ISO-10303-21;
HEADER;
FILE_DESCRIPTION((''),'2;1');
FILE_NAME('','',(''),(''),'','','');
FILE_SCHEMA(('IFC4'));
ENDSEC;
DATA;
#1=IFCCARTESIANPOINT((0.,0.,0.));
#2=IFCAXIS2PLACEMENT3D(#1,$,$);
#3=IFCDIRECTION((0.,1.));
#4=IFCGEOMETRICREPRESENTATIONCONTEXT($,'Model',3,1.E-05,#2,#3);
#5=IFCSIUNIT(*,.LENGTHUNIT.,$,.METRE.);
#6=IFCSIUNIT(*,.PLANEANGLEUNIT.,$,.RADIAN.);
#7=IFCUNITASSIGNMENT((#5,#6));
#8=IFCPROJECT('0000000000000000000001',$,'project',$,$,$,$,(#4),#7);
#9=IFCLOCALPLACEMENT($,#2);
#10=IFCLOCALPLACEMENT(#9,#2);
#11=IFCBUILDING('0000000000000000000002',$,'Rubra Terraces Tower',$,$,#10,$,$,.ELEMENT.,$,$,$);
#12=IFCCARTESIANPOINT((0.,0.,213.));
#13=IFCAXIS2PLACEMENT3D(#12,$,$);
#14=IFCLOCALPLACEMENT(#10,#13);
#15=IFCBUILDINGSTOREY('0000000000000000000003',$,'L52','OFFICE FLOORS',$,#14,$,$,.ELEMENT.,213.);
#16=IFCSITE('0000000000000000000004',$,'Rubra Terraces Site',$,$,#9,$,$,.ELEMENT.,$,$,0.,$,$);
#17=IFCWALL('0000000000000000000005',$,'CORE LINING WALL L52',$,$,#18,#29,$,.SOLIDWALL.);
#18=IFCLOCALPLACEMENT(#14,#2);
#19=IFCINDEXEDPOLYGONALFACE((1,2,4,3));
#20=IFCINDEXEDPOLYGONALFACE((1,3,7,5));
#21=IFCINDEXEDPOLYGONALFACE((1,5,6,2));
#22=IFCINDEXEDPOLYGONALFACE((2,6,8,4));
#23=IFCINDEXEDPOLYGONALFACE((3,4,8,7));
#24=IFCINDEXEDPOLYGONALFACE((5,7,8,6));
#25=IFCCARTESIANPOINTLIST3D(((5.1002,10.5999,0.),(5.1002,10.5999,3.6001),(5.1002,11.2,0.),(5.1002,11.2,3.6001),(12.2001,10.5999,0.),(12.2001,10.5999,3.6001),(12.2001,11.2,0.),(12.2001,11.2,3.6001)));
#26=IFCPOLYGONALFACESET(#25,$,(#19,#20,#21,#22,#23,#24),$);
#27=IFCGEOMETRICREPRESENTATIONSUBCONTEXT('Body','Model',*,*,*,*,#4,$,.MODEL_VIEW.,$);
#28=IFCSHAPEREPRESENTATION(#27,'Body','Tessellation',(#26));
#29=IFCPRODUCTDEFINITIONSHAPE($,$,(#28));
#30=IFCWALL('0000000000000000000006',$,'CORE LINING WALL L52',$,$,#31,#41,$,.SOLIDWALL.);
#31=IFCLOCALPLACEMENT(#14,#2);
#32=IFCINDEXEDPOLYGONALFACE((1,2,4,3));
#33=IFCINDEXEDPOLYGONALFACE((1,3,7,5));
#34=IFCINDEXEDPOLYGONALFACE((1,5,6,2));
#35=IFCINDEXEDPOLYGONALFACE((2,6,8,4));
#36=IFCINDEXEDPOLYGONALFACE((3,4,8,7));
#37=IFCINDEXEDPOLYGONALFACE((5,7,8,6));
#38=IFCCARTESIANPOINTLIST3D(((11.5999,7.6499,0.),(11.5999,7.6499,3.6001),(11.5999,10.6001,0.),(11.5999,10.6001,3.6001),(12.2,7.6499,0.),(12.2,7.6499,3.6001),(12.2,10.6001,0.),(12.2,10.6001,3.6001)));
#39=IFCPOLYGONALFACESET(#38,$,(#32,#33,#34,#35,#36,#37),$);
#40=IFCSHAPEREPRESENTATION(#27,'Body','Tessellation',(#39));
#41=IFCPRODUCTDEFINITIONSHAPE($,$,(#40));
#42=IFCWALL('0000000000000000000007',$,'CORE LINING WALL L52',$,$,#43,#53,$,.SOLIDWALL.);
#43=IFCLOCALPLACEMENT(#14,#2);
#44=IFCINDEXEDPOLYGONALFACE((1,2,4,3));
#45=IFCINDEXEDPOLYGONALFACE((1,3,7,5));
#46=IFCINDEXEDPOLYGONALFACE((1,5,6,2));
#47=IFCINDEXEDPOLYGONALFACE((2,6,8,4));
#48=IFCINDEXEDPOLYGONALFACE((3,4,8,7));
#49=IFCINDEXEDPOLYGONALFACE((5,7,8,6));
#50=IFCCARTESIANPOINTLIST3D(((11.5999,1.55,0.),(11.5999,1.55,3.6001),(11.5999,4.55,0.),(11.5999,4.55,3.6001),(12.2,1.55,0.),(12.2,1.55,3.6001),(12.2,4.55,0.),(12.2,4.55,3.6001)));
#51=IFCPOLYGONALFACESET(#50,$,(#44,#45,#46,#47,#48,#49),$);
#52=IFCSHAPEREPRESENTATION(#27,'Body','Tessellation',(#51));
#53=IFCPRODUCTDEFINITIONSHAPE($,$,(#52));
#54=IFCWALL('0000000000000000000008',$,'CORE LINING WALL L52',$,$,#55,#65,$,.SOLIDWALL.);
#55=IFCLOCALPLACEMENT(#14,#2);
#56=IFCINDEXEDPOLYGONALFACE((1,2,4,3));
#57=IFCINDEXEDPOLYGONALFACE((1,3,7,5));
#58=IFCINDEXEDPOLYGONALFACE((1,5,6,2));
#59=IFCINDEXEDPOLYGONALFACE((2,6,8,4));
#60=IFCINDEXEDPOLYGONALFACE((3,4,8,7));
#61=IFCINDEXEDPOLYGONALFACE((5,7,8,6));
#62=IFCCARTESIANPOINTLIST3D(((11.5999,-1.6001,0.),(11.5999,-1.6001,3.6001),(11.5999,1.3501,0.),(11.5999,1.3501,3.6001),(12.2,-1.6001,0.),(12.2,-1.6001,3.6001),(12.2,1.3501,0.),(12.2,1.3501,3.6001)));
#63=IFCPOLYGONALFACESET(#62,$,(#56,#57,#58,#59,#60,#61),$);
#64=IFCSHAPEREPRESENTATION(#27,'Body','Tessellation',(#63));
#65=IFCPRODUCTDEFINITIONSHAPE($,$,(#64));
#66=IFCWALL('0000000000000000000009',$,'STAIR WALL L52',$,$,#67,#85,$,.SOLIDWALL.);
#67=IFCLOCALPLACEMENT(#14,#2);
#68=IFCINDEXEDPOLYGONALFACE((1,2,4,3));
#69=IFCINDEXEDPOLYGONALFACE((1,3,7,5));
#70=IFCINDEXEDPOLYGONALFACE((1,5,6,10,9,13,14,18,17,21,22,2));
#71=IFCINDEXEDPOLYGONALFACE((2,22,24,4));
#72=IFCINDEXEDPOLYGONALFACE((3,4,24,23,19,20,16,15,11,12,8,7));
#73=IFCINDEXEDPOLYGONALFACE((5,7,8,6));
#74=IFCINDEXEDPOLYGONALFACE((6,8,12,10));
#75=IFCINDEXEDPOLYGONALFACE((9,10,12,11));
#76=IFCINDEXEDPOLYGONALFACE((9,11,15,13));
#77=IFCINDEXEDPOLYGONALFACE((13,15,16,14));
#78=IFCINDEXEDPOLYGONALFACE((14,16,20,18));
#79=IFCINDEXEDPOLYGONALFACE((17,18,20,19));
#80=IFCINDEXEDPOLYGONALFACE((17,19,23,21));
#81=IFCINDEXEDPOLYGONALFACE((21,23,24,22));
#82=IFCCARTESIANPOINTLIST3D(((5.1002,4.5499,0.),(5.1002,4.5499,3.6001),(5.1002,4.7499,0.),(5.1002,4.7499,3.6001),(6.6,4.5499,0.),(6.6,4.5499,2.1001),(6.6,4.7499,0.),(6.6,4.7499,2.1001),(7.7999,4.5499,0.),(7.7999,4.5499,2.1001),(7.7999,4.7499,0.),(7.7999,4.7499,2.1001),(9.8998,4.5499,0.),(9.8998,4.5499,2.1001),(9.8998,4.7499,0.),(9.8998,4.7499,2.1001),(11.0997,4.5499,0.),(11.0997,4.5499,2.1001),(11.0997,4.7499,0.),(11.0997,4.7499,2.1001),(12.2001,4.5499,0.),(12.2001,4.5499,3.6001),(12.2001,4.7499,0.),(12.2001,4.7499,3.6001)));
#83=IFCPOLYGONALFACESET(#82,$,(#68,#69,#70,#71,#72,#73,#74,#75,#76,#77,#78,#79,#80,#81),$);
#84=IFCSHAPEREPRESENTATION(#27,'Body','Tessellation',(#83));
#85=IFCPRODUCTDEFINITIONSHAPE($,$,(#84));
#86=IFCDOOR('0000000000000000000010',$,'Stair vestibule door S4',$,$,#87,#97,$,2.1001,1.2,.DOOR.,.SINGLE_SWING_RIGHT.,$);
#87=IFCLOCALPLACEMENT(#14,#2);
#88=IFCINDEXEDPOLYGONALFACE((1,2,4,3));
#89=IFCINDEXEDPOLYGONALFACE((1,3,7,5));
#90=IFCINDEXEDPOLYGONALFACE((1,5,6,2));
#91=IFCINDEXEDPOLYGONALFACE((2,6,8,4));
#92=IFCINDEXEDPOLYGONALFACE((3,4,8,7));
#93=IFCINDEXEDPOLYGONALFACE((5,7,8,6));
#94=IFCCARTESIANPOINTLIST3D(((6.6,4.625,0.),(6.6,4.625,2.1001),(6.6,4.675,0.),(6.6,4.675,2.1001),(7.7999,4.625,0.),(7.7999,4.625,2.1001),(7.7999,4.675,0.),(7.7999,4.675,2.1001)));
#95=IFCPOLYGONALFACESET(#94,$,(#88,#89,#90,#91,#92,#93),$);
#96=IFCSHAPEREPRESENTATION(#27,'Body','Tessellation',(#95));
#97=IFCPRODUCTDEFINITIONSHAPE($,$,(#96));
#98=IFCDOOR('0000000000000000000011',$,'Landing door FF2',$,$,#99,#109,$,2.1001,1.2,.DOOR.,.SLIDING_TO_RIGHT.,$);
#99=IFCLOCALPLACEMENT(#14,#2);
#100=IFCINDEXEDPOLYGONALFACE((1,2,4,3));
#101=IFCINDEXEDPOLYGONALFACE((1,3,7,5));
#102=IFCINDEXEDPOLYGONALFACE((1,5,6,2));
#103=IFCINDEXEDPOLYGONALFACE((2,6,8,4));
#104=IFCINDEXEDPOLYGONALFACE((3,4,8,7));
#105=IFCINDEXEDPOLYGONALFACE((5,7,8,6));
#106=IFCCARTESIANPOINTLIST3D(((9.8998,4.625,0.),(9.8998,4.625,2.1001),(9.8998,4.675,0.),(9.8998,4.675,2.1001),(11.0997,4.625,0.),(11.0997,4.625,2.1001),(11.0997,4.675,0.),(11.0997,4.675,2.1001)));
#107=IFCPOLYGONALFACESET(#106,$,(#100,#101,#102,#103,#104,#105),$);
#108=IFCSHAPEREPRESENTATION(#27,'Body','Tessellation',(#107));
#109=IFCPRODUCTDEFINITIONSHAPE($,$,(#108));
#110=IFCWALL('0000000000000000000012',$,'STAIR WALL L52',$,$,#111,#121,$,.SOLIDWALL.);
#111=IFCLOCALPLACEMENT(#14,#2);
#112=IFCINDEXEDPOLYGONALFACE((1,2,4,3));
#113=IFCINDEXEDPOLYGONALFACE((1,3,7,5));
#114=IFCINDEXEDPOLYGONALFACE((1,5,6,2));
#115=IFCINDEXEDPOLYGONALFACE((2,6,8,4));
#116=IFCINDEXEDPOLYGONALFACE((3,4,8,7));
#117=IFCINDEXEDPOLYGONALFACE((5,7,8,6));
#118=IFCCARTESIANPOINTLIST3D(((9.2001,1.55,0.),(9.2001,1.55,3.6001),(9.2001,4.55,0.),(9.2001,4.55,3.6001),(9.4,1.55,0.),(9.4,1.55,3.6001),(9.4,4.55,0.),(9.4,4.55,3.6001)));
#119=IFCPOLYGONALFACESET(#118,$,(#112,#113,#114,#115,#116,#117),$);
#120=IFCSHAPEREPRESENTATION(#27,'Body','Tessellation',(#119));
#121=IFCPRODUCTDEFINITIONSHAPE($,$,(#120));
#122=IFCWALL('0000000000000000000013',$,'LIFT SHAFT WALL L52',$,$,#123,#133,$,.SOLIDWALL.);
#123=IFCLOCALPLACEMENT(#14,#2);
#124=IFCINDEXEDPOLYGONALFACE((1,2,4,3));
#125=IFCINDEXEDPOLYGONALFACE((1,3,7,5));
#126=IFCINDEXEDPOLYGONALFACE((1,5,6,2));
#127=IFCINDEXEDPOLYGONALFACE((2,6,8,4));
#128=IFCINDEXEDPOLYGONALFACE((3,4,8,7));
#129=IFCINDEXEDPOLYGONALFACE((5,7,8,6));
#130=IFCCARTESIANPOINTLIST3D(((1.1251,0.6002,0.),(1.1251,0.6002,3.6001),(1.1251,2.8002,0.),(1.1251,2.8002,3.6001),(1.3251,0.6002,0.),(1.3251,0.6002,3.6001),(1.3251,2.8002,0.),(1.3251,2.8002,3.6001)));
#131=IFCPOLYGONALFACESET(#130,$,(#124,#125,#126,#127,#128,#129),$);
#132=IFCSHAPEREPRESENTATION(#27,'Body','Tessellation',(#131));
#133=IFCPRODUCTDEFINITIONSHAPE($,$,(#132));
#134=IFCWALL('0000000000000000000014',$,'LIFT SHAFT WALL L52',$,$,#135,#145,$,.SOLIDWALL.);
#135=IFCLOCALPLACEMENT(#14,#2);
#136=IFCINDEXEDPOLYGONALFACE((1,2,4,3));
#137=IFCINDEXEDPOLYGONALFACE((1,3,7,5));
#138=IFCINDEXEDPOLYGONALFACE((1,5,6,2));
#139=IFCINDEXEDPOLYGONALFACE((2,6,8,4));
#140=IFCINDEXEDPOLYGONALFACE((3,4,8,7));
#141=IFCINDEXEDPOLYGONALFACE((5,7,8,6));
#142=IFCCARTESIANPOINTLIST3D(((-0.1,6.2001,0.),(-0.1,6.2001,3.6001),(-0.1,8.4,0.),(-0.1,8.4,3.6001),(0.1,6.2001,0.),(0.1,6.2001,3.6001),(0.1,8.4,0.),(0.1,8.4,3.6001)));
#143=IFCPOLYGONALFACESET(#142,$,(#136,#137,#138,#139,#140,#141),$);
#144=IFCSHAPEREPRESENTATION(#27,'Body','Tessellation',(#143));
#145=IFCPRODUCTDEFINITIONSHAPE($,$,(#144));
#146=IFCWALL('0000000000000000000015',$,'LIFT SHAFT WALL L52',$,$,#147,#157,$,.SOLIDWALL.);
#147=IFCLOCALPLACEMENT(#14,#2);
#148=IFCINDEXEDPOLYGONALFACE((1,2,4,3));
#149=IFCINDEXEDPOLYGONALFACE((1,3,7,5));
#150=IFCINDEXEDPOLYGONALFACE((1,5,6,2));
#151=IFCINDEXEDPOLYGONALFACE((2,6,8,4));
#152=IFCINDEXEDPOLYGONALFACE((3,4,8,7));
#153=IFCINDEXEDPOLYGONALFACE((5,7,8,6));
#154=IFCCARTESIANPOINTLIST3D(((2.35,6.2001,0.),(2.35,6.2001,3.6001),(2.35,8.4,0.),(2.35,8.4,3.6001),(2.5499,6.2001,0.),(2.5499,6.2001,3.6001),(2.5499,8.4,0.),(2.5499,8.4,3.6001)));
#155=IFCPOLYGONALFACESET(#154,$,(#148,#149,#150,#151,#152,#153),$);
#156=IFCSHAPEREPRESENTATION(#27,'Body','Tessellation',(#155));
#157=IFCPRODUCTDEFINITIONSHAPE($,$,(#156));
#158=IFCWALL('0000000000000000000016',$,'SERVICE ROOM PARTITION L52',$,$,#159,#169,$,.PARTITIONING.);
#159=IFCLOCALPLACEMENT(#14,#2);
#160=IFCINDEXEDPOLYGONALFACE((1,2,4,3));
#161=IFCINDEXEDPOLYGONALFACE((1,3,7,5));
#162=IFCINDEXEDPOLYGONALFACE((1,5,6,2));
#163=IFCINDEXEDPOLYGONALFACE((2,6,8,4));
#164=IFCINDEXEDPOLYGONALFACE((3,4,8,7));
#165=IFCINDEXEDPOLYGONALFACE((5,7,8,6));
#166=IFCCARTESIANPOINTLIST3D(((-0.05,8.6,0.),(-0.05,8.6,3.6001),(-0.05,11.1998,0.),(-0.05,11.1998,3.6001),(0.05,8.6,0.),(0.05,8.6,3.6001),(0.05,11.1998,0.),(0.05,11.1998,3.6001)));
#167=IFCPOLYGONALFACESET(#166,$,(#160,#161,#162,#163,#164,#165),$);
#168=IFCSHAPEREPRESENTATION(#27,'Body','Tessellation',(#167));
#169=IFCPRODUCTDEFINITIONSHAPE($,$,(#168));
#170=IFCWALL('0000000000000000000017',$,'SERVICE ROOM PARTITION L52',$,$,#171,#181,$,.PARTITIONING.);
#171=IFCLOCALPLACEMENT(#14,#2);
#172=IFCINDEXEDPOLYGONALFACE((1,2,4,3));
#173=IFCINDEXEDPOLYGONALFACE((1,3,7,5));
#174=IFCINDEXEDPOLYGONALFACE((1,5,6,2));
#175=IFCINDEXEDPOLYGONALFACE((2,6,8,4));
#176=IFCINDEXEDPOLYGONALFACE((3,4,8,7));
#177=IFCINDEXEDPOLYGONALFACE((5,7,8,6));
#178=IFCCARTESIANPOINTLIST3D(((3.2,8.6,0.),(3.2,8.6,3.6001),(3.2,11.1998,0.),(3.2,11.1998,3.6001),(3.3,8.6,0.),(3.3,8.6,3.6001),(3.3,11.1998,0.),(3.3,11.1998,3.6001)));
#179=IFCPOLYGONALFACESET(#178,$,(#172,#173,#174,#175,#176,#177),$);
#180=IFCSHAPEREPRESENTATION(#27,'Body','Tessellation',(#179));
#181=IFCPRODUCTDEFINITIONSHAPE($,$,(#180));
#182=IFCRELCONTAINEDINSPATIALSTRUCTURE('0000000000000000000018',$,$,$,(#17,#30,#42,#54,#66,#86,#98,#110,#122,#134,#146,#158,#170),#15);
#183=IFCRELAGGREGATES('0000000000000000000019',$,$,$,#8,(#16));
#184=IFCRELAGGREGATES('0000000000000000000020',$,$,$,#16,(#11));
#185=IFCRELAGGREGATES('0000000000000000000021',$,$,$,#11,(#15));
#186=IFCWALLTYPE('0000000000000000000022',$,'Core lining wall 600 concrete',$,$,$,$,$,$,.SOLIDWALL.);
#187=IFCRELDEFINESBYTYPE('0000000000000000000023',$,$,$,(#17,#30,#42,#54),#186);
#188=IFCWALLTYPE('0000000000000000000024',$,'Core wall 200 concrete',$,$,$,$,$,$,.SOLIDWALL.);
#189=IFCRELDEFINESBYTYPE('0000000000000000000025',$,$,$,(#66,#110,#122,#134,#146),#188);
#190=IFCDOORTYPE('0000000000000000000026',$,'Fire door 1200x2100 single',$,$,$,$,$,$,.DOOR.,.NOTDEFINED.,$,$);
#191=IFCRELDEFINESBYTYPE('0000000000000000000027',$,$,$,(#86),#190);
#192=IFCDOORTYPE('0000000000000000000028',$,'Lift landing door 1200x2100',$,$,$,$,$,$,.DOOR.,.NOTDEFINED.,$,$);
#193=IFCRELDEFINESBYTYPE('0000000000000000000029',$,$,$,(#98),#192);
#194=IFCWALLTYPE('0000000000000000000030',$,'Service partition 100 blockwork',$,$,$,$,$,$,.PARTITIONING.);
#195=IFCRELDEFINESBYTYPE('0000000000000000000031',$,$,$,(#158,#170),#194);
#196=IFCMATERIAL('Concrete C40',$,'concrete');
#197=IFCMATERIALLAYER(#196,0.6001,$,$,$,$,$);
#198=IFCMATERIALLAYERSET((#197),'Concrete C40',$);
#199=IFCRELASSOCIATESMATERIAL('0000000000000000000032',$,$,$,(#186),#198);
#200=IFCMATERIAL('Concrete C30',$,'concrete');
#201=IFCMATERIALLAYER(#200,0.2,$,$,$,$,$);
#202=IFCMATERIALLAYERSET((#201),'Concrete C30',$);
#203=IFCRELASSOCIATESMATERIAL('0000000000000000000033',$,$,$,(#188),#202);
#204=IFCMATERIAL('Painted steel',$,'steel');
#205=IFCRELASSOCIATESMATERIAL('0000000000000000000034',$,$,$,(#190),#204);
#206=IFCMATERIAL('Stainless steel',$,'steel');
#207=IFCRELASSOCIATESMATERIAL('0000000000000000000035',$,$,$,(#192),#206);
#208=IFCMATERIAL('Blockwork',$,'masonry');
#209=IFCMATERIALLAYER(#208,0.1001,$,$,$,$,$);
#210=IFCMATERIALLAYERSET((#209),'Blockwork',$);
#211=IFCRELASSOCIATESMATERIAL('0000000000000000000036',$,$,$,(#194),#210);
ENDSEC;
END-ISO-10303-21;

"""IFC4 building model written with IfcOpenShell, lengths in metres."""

from ifc_helpers import new_model, si_unit, direction, frame, frame_2d, origin, place, context, subcontext, project, spatial, rectangle, extrude, material, layer, layer_set, type_object, element, fill, save


model = new_model("IFC4")

# Units and contexts
model_context = context("Model", 3, precision=1e-05, world=origin(), true_north=direction((0.0, 1.0)))
body_context = subcontext(model_context, "Body", "Model", "MODEL_VIEW")
ifc_project = project(units=[si_unit("LENGTHUNIT", "METRE"), si_unit("PLANEANGLEUNIT", "RADIAN")], contexts=[model_context])

# Site, building, storey
site_placement = place(None, origin())
site = spatial("IfcSite", under=ifc_project, at=site_placement, Name="Rubra Terraces Site", CompositionType="ELEMENT", RefElevation=0.0)
building_placement = place(site_placement, origin())
building = spatial("IfcBuilding", under=site, at=building_placement, Name="Rubra Terraces Tower", CompositionType="ELEMENT")
storey_placement = place(building_placement, frame((0.0, 0.0, 213.0)))
storey = spatial("IfcBuildingStorey", under=building, at=storey_placement, Name="L52", Description="OFFICE FLOORS", CompositionType="ELEMENT", Elevation=213.0)

# Walls
ifc_material_1 = material(Name="Concrete C40", Category="concrete")
ifc_layer_1 = layer(ifc_material_1, 0.6001)
ifc_layer_set_1 = layer_set([ifc_layer_1], Name="Concrete C40")
wall_type_1 = type_object("IfcWallType", Name="Core lining wall 600 concrete", PredefinedType="SOLIDWALL", material=ifc_layer_set_1)
wall_1_placement = place(storey_placement, frame((12.2, 10.8999, 0.0), z_axis=(0.0, 0.0, 1.0), x_axis=(-1.0, 0.0, 0.0)))
element("IfcWall", 1, at=wall_1_placement, inside=storey, type_object=wall_type_1, Name="CORE LINING WALL L52", PredefinedType="SOLIDWALL", context=body_context, shape_type="SweptSolid", body=[
    extrude(rectangle(XDim=7.0999, YDim=0.6001, at=frame_2d((3.5498, 0.0))), origin(), (0.0, 0.0, 1.0), 3.6001),
])
wall_2_placement = place(storey_placement, frame((11.8999, 10.6001, 0.0), z_axis=(0.0, 0.0, 1.0), x_axis=(0.0, -1.0, 0.0)))
element("IfcWall", 2, at=wall_2_placement, inside=storey, type_object=wall_type_1, Name="CORE LINING WALL L52", PredefinedType="SOLIDWALL", context=body_context, shape_type="SweptSolid", body=[
    extrude(rectangle(XDim=2.9502, YDim=0.6001, at=frame_2d((1.4751, 0.0))), origin(), (0.0, 0.0, 1.0), 3.6001),
])
wall_3_placement = place(storey_placement, frame((11.8999, 4.55, 0.0), z_axis=(0.0, 0.0, 1.0), x_axis=(0.0, -1.0, 0.0)))
element("IfcWall", 3, at=wall_3_placement, inside=storey, type_object=wall_type_1, Name="CORE LINING WALL L52", PredefinedType="SOLIDWALL", context=body_context, shape_type="SweptSolid", body=[
    extrude(rectangle(XDim=3.0, YDim=0.6001, at=frame_2d((1.5, 0.0))), origin(), (0.0, 0.0, 1.0), 3.6001),
])
wall_4_placement = place(storey_placement, frame((11.8999, 1.3501, 0.0), z_axis=(0.0, 0.0, 1.0), x_axis=(0.0, -1.0, 0.0)))
element("IfcWall", 4, at=wall_4_placement, inside=storey, type_object=wall_type_1, Name="CORE LINING WALL L52", PredefinedType="SOLIDWALL", context=body_context, shape_type="SweptSolid", body=[
    extrude(rectangle(XDim=2.9502, YDim=0.6001, at=frame_2d((1.4751, 0.0))), origin(), (0.0, 0.0, 1.0), 3.6001),
])

# Wall, openings, doors
ifc_material_2 = material(Name="Concrete C30", Category="concrete")
ifc_layer_2 = layer(ifc_material_2, 0.2)
ifc_layer_set_2 = layer_set([ifc_layer_2], Name="Concrete C30")
wall_type_2 = type_object("IfcWallType", Name="Core wall 200 concrete", PredefinedType="SOLIDWALL", material=ifc_layer_set_2)
wall_5_placement = place(storey_placement, frame((12.2, 4.6499, 0.0), z_axis=(0.0, 0.0, 1.0), x_axis=(-1.0, 0.0, 0.0)))
wall_5 = element("IfcWall", 5, at=wall_5_placement, inside=storey, type_object=wall_type_2, Name="STAIR WALL L52", PredefinedType="SOLIDWALL", context=body_context, shape_type="SweptSolid", body=[
    extrude(rectangle(XDim=7.0999, YDim=0.2, at=frame_2d((3.5498, 0.0))), origin(), (0.0, 0.0, 1.0), 3.6001),
])
opening_1_placement = place(wall_5_placement, frame((4.3999, 0.0, 0.0)))
opening_1 = element("IfcOpeningElement", 6, at=opening_1_placement, cuts=wall_5, PredefinedType="OPENING", context=body_context, shape_type="SweptSolid", body=[
    extrude(rectangle(XDim=1.2, YDim=2.1001, at=frame_2d((0.6001, 1.05))), frame((0.0, 0.1099, 0.0), z_axis=(0.0, -1.0, 0.0), x_axis=(1.0, 0.0, 0.0)), (0.0, 0.0, 1.0), 0.22),
])
opening_2_placement = place(wall_5_placement, frame((1.1001, 0.0, 0.0)))
opening_2 = element("IfcOpeningElement", 7, at=opening_2_placement, cuts=wall_5, PredefinedType="OPENING", context=body_context, shape_type="SweptSolid", body=[
    extrude(rectangle(XDim=1.2, YDim=2.1001, at=frame_2d((0.6001, 1.05))), frame((0.0, 0.1099, 0.0), z_axis=(0.0, -1.0, 0.0), x_axis=(1.0, 0.0, 0.0)), (0.0, 0.0, 1.0), 0.22),
])
ifc_material_3 = material(Name="Painted steel", Category="steel")
door_type_1 = type_object("IfcDoorType", Name="Fire door 1200x2100 single", OperationType="NOTDEFINED", PredefinedType="DOOR", material=ifc_material_3)
door_1_placement = place(opening_1_placement, origin())
door_1 = element("IfcDoor", 8, at=door_1_placement, inside=storey, type_object=door_type_1, Name="Stair vestibule door S4", OperationType="SINGLE_SWING_RIGHT", OverallHeight=2.1001, OverallWidth=1.2, PredefinedType="DOOR", context=body_context, shape_type="SweptSolid", body=[
    extrude(rectangle(XDim=1.2, YDim=2.1001, at=frame_2d((0.6001, 1.05))), frame((0.0, 0.0249, 0.0), z_axis=(0.0, -1.0, 0.0), x_axis=(1.0, 0.0, 0.0)), (0.0, 0.0, 1.0), 0.05),
])
fill(opening_1, door_1)
ifc_material_4 = material(Name="Stainless steel", Category="steel")
door_type_2 = type_object("IfcDoorType", Name="Lift landing door 1200x2100", OperationType="NOTDEFINED", PredefinedType="DOOR", material=ifc_material_4)
door_2_placement = place(opening_2_placement, origin())
door_2 = element("IfcDoor", 9, at=door_2_placement, inside=storey, type_object=door_type_2, Name="Landing door FF2", OperationType="SLIDING_TO_RIGHT", OverallHeight=2.1001, OverallWidth=1.2, PredefinedType="DOOR", context=body_context, shape_type="SweptSolid", body=[
    extrude(rectangle(XDim=1.2, YDim=2.1001, at=frame_2d((0.6001, 1.05))), frame((0.0, 0.0249, 0.0), z_axis=(0.0, -1.0, 0.0), x_axis=(1.0, 0.0, 0.0)), (0.0, 0.0, 1.0), 0.05),
])
fill(opening_2, door_2)

# Walls
wall_6_placement = place(storey_placement, frame((9.3, 4.55, 0.0), z_axis=(0.0, 0.0, 1.0), x_axis=(0.0, -1.0, 0.0)))
element("IfcWall", 10, at=wall_6_placement, inside=storey, type_object=wall_type_2, Name="STAIR WALL L52", PredefinedType="SOLIDWALL", context=body_context, shape_type="SweptSolid", body=[
    extrude(rectangle(XDim=3.0, YDim=0.2, at=frame_2d((1.5, 0.0))), origin(), (0.0, 0.0, 1.0), 3.6001),
])
for number, where, z_axis, x_axis, name in (
    (11, (1.2251, 0.6001, 0.0), (0.0, 0.0, 1.0), (0.0, 1.0, 0.0), "LIFT SHAFT WALL L52"),
    (12, (0.0, 6.2, 0.0), (0.0, 0.0, 1.0), (0.0, 1.0, 0.0), "LIFT SHAFT WALL L52"),
    (13, (2.45, 6.2, 0.0), (0.0, 0.0, 1.0), (0.0, 1.0, 0.0), "LIFT SHAFT WALL L52"),
):
    element("IfcWall", number, at=place(storey_placement, frame(where, z_axis=z_axis, x_axis=x_axis)), inside=storey, type_object=wall_type_2, Name=name, PredefinedType="SOLIDWALL", context=body_context, shape_type="SweptSolid", body=[
        extrude(rectangle(XDim=2.2, YDim=0.2, at=frame_2d((1.1001, 0.0))), origin(), (0.0, 0.0, 1.0), 3.6001),
    ])
ifc_material_5 = material(Name="Blockwork", Category="masonry")
ifc_layer_3 = layer(ifc_material_5, 0.1001)
ifc_layer_set_3 = layer_set([ifc_layer_3], Name="Blockwork")
wall_type_3 = type_object("IfcWallType", Name="Service partition 100 blockwork", PredefinedType="PARTITIONING", material=ifc_layer_set_3)
for number, where, z_axis, x_axis, name in (
    (14, (0.0, 8.6001, 0.0), (0.0, 0.0, 1.0), (0.0, 1.0, 0.0), "SERVICE ROOM PARTITION L52"),
    (15, (3.25, 8.6001, 0.0), (0.0, 0.0, 1.0), (0.0, 1.0, 0.0), "SERVICE ROOM PARTITION L52"),
):
    element("IfcWall", number, at=place(storey_placement, frame(where, z_axis=z_axis, x_axis=x_axis)), inside=storey, type_object=wall_type_3, Name=name, PredefinedType="PARTITIONING", context=body_context, shape_type="SweptSolid", body=[
        extrude(rectangle(XDim=2.5999, YDim=0.1001, at=frame_2d((1.2998, 0.0))), origin(), (0.0, 0.0, 1.0), 3.6001),
    ])

save(model, "model.ifc")
